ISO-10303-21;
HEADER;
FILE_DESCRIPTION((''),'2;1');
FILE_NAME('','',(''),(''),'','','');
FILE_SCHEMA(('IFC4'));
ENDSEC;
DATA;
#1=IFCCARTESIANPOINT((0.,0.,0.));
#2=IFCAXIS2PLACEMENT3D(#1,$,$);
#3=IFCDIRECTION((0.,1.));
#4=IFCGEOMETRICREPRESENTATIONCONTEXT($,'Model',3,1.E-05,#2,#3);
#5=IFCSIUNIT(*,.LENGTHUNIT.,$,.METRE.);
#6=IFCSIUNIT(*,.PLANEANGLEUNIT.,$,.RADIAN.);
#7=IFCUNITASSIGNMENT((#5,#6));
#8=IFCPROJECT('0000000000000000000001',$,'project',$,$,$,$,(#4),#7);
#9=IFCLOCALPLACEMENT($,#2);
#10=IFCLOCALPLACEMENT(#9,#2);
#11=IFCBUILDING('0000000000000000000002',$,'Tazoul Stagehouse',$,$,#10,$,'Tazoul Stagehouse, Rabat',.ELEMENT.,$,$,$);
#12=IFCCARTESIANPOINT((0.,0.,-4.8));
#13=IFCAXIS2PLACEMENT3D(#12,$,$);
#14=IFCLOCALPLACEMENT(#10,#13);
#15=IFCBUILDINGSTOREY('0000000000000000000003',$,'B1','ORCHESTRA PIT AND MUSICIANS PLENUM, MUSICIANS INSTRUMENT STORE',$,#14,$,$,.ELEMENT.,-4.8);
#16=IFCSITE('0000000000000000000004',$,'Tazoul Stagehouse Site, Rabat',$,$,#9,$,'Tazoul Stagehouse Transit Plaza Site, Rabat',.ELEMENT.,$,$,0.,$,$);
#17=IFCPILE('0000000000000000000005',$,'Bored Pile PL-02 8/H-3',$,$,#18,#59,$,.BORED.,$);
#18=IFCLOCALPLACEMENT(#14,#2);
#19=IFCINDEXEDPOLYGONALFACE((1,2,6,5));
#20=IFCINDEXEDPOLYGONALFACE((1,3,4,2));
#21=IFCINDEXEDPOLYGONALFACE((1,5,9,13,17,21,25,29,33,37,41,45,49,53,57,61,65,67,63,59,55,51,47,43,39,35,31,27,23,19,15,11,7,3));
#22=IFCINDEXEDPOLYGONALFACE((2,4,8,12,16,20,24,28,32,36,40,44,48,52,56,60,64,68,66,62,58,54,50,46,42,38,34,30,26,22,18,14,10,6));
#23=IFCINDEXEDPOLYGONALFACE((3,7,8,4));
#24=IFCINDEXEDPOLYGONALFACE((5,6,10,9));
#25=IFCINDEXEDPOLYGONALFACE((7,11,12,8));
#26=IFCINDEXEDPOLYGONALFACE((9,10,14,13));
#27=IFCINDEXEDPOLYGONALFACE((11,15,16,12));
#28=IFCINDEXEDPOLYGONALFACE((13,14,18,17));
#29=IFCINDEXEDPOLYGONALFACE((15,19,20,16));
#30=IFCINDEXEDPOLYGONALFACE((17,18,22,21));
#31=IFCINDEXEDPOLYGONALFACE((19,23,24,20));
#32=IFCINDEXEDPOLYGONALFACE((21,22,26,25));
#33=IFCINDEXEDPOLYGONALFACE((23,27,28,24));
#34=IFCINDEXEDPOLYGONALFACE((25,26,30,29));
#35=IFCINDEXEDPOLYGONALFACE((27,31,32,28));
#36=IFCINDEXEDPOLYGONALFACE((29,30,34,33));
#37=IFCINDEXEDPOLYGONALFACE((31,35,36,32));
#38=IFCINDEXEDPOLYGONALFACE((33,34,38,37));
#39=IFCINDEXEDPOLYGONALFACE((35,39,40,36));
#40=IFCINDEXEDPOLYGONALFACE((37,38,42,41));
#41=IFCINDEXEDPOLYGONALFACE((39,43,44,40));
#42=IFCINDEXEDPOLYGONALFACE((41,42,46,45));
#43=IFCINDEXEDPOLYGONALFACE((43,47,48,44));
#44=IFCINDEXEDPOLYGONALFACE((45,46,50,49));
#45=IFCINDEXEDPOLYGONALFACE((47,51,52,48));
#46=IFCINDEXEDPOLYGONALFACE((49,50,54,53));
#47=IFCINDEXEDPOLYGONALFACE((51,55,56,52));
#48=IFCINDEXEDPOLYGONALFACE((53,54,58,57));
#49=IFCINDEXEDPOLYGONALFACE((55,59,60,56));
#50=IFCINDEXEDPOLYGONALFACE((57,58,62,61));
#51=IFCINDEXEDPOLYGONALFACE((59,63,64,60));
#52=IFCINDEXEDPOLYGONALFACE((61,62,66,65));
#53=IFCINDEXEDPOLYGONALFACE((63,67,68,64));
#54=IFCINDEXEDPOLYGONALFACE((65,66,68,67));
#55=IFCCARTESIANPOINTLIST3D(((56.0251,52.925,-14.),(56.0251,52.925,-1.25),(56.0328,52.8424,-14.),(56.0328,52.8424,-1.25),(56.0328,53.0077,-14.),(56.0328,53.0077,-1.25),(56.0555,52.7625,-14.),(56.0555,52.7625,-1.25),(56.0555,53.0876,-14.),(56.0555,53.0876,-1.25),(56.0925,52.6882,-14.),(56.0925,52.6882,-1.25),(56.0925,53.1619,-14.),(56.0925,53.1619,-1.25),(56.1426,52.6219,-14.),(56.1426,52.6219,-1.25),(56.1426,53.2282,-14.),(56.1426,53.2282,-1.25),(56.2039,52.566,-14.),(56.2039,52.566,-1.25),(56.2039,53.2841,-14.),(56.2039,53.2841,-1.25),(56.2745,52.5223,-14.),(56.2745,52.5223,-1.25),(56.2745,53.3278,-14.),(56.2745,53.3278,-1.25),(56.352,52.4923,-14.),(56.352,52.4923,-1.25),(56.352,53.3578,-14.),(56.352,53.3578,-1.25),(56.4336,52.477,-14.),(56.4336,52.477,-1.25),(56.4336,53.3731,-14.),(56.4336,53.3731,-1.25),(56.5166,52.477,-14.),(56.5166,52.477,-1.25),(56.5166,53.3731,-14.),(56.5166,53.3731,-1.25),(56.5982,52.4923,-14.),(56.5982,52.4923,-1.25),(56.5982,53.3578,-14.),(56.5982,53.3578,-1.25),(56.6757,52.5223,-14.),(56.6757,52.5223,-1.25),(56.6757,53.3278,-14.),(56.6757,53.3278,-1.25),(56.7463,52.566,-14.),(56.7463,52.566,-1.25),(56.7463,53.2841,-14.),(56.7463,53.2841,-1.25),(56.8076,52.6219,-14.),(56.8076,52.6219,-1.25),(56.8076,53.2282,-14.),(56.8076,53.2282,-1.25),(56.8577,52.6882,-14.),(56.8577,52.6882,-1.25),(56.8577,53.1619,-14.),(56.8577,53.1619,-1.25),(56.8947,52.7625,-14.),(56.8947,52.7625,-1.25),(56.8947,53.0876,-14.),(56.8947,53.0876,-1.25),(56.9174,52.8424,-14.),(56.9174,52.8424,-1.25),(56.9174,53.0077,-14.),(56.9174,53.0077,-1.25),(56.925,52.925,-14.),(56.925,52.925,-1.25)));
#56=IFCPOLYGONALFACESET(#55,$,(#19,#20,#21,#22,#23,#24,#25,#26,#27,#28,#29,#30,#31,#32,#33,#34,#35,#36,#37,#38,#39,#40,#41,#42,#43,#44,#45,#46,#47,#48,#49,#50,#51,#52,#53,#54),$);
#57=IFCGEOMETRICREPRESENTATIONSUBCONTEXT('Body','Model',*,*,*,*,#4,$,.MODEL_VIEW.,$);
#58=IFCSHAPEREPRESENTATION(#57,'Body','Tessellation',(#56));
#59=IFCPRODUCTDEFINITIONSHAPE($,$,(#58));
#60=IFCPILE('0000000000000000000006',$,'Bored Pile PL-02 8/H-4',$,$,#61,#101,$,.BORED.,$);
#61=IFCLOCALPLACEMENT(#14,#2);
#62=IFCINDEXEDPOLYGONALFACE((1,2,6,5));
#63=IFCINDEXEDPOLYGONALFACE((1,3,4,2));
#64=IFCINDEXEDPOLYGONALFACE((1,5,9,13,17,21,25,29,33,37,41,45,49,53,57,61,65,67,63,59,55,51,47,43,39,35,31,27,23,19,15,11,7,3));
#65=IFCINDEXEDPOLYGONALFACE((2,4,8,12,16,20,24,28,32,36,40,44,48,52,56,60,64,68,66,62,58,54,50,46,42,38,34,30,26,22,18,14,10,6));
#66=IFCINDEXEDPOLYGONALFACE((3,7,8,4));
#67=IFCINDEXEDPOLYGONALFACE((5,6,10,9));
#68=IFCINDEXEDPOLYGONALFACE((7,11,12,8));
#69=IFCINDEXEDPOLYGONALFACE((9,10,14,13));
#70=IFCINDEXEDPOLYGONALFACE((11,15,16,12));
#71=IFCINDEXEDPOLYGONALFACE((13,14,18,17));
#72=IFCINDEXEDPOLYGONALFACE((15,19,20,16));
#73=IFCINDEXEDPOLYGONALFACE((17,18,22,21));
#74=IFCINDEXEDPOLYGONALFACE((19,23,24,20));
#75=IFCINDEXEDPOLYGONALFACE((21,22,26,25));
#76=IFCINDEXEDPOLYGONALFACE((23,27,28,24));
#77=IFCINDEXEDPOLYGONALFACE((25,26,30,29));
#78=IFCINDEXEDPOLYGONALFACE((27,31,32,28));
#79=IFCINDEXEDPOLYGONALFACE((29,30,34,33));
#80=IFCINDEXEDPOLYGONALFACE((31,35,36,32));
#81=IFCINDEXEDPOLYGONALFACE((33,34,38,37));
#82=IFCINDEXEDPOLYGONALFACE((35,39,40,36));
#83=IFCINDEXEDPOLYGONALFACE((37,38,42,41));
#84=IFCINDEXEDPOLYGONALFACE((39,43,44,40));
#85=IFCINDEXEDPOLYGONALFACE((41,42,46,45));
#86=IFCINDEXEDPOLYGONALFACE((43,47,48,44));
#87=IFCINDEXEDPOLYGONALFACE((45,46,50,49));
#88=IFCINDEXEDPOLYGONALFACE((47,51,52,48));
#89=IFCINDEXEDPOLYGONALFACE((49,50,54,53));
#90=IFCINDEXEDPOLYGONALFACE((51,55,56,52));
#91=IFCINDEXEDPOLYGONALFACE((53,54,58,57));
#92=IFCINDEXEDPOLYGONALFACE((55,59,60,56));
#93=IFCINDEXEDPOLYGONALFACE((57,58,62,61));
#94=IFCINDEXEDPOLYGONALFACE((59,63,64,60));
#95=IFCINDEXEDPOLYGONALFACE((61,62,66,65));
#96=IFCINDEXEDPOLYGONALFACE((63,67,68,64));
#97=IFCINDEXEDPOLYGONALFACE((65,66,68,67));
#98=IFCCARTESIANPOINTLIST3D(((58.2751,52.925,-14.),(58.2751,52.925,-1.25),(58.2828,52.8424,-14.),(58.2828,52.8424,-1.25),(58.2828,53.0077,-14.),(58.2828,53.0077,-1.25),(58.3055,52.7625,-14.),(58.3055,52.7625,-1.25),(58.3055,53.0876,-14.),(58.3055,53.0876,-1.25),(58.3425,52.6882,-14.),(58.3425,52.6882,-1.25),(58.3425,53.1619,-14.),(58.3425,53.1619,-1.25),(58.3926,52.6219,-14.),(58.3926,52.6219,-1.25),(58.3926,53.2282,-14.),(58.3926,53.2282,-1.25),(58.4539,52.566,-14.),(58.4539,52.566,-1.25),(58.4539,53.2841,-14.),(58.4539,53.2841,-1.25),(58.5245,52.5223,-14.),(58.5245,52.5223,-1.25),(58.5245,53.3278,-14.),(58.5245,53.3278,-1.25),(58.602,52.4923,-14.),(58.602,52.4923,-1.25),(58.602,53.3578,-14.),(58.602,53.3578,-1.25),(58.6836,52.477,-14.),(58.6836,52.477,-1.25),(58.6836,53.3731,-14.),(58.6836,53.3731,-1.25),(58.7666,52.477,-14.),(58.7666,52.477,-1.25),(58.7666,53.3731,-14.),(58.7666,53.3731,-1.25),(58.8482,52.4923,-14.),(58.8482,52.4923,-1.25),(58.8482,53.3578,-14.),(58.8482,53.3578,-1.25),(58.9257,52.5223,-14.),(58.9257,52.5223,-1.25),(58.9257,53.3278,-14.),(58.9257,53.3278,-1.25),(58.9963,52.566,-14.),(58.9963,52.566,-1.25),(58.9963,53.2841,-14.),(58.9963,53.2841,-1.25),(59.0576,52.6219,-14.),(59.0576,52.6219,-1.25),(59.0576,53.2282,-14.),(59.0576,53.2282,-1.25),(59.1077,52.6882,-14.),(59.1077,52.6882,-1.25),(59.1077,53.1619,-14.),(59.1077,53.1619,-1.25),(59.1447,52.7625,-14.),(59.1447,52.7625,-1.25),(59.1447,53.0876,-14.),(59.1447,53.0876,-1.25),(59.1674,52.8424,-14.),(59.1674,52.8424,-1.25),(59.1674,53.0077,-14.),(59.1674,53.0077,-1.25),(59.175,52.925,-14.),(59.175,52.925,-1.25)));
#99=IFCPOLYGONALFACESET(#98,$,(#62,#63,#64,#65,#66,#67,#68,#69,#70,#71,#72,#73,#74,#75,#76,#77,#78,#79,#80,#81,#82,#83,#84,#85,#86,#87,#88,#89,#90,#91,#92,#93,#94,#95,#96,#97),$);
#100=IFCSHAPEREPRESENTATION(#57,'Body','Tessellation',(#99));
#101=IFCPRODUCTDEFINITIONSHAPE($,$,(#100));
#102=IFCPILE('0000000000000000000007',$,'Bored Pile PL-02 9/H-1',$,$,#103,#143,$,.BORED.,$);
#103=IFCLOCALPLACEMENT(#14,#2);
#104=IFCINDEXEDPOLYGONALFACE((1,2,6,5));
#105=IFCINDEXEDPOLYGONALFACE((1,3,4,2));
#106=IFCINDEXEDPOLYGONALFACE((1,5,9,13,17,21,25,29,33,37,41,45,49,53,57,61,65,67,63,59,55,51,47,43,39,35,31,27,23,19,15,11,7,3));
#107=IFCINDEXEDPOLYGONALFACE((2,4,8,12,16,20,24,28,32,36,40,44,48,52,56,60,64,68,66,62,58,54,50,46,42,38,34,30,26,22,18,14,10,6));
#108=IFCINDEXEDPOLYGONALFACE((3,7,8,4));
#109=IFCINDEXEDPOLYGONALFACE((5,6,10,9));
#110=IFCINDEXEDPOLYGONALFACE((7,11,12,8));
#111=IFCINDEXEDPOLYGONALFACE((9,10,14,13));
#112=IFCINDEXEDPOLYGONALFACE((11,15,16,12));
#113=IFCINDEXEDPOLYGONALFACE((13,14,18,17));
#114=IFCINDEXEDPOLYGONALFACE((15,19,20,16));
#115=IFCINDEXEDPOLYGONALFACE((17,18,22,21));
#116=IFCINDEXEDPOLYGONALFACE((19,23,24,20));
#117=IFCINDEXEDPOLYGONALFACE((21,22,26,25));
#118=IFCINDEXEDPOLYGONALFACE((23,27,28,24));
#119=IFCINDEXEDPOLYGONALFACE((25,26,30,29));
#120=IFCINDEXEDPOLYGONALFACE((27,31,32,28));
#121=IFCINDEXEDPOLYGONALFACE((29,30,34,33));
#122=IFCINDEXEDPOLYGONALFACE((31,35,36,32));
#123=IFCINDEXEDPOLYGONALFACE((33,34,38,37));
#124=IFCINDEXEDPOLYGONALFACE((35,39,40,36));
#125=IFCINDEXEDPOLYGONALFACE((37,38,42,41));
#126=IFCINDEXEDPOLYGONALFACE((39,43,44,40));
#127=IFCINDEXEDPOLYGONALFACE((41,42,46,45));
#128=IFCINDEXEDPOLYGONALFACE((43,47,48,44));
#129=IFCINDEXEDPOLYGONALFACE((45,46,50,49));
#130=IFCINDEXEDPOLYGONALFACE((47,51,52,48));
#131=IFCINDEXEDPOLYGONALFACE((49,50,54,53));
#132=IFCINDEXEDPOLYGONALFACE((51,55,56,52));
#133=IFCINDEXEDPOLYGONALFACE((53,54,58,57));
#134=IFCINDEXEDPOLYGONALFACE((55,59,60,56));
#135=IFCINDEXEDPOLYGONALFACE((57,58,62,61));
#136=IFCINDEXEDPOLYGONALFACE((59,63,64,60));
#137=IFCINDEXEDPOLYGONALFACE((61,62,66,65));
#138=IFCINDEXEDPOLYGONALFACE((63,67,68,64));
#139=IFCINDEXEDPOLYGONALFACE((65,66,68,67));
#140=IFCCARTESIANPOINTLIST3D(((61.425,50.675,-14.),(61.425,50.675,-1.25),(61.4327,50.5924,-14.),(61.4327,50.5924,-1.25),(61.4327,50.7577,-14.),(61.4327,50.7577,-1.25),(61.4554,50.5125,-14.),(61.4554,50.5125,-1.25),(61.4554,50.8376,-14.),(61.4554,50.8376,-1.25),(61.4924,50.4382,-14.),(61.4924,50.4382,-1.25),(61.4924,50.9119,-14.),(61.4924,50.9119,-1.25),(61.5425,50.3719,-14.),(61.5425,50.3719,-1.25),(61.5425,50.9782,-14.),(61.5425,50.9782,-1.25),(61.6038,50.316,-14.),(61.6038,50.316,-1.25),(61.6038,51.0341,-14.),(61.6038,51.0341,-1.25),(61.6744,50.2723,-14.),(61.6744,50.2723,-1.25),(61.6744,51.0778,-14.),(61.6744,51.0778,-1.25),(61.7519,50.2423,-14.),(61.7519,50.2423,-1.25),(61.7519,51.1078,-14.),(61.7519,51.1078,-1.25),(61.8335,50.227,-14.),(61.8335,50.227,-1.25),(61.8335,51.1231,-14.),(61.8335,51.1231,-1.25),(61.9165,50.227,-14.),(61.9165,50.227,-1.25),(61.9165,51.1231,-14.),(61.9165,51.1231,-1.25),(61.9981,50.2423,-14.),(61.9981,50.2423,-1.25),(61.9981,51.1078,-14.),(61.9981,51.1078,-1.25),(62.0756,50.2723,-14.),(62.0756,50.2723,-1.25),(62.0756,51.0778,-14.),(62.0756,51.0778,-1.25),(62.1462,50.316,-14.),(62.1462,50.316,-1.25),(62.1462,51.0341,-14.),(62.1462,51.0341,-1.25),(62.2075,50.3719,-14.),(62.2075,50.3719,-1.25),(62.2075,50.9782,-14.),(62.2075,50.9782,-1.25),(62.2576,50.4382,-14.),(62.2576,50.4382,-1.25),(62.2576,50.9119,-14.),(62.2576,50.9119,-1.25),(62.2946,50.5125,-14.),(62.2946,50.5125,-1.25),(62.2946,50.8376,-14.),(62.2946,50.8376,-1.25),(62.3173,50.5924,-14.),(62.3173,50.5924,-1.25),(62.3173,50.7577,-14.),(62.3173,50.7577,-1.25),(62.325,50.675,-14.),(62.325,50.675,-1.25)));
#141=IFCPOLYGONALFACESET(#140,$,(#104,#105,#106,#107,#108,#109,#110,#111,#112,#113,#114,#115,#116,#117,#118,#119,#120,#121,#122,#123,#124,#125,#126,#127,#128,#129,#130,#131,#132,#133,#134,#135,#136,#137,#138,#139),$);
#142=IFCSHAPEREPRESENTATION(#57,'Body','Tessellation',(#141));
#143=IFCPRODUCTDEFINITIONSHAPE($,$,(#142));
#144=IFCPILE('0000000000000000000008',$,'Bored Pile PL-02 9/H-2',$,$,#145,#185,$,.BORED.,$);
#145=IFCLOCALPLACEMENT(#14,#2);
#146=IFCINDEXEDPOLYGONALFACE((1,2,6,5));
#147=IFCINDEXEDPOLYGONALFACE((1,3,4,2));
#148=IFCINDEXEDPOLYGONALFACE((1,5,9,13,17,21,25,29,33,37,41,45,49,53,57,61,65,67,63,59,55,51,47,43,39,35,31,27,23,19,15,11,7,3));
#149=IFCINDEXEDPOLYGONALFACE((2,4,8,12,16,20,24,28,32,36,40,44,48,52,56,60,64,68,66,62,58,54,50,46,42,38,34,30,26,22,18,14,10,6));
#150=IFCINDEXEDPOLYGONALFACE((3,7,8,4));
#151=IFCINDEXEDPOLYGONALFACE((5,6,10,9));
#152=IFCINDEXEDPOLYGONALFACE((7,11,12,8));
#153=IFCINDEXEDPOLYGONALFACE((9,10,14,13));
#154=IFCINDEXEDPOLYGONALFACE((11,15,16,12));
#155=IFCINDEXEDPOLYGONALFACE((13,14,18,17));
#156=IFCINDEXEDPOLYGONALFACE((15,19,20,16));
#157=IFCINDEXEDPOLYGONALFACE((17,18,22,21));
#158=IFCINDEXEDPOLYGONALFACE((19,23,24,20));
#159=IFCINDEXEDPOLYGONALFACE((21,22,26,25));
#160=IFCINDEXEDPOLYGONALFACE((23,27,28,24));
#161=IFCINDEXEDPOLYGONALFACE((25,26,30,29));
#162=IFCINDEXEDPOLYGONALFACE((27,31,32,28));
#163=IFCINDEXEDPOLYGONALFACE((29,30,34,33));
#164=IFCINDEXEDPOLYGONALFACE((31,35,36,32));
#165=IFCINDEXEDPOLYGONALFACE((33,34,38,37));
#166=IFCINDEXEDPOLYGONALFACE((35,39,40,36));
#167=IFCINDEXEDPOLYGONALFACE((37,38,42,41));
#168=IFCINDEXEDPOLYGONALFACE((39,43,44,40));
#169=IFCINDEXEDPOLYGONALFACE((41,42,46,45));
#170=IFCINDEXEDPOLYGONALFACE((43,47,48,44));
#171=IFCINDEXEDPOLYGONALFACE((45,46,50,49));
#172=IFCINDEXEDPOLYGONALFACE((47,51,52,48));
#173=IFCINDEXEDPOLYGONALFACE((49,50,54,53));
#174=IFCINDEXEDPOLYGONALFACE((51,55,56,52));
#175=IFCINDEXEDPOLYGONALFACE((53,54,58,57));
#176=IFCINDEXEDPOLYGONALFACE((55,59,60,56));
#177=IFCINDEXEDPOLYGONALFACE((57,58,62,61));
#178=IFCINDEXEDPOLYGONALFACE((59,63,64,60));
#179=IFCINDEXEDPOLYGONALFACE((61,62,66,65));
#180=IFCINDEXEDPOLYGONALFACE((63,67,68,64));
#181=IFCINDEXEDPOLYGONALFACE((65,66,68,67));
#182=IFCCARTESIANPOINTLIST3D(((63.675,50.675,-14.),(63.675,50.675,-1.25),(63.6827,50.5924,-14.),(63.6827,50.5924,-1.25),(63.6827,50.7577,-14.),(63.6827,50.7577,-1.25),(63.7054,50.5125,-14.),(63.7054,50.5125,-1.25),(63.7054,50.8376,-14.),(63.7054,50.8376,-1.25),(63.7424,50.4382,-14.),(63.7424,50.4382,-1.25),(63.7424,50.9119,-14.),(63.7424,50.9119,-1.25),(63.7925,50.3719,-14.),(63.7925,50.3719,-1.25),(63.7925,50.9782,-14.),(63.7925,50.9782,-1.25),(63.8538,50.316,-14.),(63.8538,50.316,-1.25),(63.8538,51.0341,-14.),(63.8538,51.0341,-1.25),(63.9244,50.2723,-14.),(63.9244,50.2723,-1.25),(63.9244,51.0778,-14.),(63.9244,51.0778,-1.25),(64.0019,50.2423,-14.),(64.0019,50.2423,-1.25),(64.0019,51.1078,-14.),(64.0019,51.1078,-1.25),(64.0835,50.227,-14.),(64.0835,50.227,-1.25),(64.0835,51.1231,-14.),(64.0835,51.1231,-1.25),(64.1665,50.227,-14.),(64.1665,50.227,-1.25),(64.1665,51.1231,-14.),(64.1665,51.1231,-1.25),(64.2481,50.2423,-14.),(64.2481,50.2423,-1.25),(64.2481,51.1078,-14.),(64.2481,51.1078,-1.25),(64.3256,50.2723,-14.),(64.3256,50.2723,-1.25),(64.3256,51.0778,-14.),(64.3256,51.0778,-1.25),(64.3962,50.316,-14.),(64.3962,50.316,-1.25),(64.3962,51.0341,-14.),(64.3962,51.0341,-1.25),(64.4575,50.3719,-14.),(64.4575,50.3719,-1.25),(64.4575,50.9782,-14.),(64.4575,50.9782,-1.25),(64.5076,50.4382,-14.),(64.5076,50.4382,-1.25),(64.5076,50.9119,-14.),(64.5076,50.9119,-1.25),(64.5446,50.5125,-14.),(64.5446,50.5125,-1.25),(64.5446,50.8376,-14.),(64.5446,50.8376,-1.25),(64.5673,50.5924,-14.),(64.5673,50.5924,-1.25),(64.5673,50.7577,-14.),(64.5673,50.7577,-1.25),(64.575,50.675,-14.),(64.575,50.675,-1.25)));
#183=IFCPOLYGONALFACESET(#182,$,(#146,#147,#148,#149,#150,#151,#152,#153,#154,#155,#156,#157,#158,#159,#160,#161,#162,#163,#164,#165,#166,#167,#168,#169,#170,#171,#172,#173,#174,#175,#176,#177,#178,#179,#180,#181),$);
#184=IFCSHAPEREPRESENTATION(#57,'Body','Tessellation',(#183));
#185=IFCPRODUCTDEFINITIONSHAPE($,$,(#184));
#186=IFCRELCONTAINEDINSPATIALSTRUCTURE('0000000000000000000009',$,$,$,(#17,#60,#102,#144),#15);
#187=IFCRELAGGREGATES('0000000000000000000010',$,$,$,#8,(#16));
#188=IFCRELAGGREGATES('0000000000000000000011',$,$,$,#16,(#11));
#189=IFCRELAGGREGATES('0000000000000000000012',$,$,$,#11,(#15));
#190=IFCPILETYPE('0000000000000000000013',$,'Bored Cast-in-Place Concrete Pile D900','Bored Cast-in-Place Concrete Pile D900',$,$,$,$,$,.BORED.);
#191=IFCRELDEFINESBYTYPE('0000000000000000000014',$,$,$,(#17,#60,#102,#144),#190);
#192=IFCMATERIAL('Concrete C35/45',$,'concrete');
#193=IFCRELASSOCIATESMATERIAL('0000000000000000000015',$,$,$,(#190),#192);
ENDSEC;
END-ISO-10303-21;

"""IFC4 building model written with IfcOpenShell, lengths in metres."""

from ifc_helpers import new_model, si_unit, direction, frame, origin, origin_2d, place, context, subcontext, project, spatial, circle, extrude, material, material_profile, profile_set, type_object, element, save


model = new_model("IFC4")

# Units and contexts
model_context = context("Model", 3, precision=1e-05, world=origin(), true_north=direction((0.0, 1.0)))
body_context = subcontext(model_context, "Body", "Model", "MODEL_VIEW")
ifc_project = project(units=[si_unit("LENGTHUNIT", "METRE"), si_unit("PLANEANGLEUNIT", "RADIAN")], contexts=[model_context])

# Site, building, storey
site_placement = place(None, origin())
site = spatial("IfcSite", under=ifc_project, at=site_placement, Name="Tazoul Stagehouse Site, Rabat", LongName="Tazoul Stagehouse Transit Plaza Site, Rabat", CompositionType="ELEMENT", RefElevation=0.0)
building_placement = place(site_placement, origin())
building = spatial("IfcBuilding", under=site, at=building_placement, Name="Tazoul Stagehouse", LongName="Tazoul Stagehouse, Rabat", CompositionType="ELEMENT")
storey_placement = place(building_placement, frame((0.0, 0.0, -4.8)))
storey = spatial("IfcBuildingStorey", under=building, at=storey_placement, Name="B1", Description="ORCHESTRA PIT AND MUSICIANS PLENUM, MUSICIANS INSTRUMENT STORE", CompositionType="ELEMENT", Elevation=-4.8)

# Piles
ifc_material_1 = material(Name="Concrete C35/45", Category="concrete")
ifc_material_profile_1 = material_profile(ifc_material_1, circle(Radius=0.45, at=origin_2d()), Name="BORED PILE 900")
ifc_profile_set_1 = profile_set([ifc_material_profile_1], Name="Concrete C35/45")
pile_type_1 = type_object("IfcPileType", Name="Bored Cast-in-Place Concrete Pile D900", Description="Bored Cast-in-Place Concrete Pile D900", PredefinedType="BORED", material=ifc_profile_set_1)
for number, where, z_axis, x_axis, name in (
    (1, (56.4751, 52.925, -1.25), (0.0, 0.0, -1.0), (1.0, 0.0, 0.0), "Bored Pile PL-02 8/H-3"),
    (2, (58.7251, 52.925, -1.25), (0.0, 0.0, -1.0), (1.0, 0.0, 0.0), "Bored Pile PL-02 8/H-4"),
    (3, (61.875, 50.675, -1.25), (0.0, 0.0, -1.0), (1.0, 0.0, 0.0), "Bored Pile PL-02 9/H-1"),
    (4, (64.125, 50.675, -1.25), (0.0, 0.0, -1.0), (1.0, 0.0, 0.0), "Bored Pile PL-02 9/H-2"),
):
    element("IfcPile", number, at=place(storey_placement, frame(where, z_axis=z_axis, x_axis=x_axis)), inside=storey, type_object=pile_type_1, Name=name, PredefinedType="BORED", context=body_context, shape_type="SweptSolid", body=[
        extrude(circle(Radius=0.45, at=origin_2d()), origin(), (0.0, 0.0, 1.0), 12.75),
    ])

save(model, "model.ifc")
